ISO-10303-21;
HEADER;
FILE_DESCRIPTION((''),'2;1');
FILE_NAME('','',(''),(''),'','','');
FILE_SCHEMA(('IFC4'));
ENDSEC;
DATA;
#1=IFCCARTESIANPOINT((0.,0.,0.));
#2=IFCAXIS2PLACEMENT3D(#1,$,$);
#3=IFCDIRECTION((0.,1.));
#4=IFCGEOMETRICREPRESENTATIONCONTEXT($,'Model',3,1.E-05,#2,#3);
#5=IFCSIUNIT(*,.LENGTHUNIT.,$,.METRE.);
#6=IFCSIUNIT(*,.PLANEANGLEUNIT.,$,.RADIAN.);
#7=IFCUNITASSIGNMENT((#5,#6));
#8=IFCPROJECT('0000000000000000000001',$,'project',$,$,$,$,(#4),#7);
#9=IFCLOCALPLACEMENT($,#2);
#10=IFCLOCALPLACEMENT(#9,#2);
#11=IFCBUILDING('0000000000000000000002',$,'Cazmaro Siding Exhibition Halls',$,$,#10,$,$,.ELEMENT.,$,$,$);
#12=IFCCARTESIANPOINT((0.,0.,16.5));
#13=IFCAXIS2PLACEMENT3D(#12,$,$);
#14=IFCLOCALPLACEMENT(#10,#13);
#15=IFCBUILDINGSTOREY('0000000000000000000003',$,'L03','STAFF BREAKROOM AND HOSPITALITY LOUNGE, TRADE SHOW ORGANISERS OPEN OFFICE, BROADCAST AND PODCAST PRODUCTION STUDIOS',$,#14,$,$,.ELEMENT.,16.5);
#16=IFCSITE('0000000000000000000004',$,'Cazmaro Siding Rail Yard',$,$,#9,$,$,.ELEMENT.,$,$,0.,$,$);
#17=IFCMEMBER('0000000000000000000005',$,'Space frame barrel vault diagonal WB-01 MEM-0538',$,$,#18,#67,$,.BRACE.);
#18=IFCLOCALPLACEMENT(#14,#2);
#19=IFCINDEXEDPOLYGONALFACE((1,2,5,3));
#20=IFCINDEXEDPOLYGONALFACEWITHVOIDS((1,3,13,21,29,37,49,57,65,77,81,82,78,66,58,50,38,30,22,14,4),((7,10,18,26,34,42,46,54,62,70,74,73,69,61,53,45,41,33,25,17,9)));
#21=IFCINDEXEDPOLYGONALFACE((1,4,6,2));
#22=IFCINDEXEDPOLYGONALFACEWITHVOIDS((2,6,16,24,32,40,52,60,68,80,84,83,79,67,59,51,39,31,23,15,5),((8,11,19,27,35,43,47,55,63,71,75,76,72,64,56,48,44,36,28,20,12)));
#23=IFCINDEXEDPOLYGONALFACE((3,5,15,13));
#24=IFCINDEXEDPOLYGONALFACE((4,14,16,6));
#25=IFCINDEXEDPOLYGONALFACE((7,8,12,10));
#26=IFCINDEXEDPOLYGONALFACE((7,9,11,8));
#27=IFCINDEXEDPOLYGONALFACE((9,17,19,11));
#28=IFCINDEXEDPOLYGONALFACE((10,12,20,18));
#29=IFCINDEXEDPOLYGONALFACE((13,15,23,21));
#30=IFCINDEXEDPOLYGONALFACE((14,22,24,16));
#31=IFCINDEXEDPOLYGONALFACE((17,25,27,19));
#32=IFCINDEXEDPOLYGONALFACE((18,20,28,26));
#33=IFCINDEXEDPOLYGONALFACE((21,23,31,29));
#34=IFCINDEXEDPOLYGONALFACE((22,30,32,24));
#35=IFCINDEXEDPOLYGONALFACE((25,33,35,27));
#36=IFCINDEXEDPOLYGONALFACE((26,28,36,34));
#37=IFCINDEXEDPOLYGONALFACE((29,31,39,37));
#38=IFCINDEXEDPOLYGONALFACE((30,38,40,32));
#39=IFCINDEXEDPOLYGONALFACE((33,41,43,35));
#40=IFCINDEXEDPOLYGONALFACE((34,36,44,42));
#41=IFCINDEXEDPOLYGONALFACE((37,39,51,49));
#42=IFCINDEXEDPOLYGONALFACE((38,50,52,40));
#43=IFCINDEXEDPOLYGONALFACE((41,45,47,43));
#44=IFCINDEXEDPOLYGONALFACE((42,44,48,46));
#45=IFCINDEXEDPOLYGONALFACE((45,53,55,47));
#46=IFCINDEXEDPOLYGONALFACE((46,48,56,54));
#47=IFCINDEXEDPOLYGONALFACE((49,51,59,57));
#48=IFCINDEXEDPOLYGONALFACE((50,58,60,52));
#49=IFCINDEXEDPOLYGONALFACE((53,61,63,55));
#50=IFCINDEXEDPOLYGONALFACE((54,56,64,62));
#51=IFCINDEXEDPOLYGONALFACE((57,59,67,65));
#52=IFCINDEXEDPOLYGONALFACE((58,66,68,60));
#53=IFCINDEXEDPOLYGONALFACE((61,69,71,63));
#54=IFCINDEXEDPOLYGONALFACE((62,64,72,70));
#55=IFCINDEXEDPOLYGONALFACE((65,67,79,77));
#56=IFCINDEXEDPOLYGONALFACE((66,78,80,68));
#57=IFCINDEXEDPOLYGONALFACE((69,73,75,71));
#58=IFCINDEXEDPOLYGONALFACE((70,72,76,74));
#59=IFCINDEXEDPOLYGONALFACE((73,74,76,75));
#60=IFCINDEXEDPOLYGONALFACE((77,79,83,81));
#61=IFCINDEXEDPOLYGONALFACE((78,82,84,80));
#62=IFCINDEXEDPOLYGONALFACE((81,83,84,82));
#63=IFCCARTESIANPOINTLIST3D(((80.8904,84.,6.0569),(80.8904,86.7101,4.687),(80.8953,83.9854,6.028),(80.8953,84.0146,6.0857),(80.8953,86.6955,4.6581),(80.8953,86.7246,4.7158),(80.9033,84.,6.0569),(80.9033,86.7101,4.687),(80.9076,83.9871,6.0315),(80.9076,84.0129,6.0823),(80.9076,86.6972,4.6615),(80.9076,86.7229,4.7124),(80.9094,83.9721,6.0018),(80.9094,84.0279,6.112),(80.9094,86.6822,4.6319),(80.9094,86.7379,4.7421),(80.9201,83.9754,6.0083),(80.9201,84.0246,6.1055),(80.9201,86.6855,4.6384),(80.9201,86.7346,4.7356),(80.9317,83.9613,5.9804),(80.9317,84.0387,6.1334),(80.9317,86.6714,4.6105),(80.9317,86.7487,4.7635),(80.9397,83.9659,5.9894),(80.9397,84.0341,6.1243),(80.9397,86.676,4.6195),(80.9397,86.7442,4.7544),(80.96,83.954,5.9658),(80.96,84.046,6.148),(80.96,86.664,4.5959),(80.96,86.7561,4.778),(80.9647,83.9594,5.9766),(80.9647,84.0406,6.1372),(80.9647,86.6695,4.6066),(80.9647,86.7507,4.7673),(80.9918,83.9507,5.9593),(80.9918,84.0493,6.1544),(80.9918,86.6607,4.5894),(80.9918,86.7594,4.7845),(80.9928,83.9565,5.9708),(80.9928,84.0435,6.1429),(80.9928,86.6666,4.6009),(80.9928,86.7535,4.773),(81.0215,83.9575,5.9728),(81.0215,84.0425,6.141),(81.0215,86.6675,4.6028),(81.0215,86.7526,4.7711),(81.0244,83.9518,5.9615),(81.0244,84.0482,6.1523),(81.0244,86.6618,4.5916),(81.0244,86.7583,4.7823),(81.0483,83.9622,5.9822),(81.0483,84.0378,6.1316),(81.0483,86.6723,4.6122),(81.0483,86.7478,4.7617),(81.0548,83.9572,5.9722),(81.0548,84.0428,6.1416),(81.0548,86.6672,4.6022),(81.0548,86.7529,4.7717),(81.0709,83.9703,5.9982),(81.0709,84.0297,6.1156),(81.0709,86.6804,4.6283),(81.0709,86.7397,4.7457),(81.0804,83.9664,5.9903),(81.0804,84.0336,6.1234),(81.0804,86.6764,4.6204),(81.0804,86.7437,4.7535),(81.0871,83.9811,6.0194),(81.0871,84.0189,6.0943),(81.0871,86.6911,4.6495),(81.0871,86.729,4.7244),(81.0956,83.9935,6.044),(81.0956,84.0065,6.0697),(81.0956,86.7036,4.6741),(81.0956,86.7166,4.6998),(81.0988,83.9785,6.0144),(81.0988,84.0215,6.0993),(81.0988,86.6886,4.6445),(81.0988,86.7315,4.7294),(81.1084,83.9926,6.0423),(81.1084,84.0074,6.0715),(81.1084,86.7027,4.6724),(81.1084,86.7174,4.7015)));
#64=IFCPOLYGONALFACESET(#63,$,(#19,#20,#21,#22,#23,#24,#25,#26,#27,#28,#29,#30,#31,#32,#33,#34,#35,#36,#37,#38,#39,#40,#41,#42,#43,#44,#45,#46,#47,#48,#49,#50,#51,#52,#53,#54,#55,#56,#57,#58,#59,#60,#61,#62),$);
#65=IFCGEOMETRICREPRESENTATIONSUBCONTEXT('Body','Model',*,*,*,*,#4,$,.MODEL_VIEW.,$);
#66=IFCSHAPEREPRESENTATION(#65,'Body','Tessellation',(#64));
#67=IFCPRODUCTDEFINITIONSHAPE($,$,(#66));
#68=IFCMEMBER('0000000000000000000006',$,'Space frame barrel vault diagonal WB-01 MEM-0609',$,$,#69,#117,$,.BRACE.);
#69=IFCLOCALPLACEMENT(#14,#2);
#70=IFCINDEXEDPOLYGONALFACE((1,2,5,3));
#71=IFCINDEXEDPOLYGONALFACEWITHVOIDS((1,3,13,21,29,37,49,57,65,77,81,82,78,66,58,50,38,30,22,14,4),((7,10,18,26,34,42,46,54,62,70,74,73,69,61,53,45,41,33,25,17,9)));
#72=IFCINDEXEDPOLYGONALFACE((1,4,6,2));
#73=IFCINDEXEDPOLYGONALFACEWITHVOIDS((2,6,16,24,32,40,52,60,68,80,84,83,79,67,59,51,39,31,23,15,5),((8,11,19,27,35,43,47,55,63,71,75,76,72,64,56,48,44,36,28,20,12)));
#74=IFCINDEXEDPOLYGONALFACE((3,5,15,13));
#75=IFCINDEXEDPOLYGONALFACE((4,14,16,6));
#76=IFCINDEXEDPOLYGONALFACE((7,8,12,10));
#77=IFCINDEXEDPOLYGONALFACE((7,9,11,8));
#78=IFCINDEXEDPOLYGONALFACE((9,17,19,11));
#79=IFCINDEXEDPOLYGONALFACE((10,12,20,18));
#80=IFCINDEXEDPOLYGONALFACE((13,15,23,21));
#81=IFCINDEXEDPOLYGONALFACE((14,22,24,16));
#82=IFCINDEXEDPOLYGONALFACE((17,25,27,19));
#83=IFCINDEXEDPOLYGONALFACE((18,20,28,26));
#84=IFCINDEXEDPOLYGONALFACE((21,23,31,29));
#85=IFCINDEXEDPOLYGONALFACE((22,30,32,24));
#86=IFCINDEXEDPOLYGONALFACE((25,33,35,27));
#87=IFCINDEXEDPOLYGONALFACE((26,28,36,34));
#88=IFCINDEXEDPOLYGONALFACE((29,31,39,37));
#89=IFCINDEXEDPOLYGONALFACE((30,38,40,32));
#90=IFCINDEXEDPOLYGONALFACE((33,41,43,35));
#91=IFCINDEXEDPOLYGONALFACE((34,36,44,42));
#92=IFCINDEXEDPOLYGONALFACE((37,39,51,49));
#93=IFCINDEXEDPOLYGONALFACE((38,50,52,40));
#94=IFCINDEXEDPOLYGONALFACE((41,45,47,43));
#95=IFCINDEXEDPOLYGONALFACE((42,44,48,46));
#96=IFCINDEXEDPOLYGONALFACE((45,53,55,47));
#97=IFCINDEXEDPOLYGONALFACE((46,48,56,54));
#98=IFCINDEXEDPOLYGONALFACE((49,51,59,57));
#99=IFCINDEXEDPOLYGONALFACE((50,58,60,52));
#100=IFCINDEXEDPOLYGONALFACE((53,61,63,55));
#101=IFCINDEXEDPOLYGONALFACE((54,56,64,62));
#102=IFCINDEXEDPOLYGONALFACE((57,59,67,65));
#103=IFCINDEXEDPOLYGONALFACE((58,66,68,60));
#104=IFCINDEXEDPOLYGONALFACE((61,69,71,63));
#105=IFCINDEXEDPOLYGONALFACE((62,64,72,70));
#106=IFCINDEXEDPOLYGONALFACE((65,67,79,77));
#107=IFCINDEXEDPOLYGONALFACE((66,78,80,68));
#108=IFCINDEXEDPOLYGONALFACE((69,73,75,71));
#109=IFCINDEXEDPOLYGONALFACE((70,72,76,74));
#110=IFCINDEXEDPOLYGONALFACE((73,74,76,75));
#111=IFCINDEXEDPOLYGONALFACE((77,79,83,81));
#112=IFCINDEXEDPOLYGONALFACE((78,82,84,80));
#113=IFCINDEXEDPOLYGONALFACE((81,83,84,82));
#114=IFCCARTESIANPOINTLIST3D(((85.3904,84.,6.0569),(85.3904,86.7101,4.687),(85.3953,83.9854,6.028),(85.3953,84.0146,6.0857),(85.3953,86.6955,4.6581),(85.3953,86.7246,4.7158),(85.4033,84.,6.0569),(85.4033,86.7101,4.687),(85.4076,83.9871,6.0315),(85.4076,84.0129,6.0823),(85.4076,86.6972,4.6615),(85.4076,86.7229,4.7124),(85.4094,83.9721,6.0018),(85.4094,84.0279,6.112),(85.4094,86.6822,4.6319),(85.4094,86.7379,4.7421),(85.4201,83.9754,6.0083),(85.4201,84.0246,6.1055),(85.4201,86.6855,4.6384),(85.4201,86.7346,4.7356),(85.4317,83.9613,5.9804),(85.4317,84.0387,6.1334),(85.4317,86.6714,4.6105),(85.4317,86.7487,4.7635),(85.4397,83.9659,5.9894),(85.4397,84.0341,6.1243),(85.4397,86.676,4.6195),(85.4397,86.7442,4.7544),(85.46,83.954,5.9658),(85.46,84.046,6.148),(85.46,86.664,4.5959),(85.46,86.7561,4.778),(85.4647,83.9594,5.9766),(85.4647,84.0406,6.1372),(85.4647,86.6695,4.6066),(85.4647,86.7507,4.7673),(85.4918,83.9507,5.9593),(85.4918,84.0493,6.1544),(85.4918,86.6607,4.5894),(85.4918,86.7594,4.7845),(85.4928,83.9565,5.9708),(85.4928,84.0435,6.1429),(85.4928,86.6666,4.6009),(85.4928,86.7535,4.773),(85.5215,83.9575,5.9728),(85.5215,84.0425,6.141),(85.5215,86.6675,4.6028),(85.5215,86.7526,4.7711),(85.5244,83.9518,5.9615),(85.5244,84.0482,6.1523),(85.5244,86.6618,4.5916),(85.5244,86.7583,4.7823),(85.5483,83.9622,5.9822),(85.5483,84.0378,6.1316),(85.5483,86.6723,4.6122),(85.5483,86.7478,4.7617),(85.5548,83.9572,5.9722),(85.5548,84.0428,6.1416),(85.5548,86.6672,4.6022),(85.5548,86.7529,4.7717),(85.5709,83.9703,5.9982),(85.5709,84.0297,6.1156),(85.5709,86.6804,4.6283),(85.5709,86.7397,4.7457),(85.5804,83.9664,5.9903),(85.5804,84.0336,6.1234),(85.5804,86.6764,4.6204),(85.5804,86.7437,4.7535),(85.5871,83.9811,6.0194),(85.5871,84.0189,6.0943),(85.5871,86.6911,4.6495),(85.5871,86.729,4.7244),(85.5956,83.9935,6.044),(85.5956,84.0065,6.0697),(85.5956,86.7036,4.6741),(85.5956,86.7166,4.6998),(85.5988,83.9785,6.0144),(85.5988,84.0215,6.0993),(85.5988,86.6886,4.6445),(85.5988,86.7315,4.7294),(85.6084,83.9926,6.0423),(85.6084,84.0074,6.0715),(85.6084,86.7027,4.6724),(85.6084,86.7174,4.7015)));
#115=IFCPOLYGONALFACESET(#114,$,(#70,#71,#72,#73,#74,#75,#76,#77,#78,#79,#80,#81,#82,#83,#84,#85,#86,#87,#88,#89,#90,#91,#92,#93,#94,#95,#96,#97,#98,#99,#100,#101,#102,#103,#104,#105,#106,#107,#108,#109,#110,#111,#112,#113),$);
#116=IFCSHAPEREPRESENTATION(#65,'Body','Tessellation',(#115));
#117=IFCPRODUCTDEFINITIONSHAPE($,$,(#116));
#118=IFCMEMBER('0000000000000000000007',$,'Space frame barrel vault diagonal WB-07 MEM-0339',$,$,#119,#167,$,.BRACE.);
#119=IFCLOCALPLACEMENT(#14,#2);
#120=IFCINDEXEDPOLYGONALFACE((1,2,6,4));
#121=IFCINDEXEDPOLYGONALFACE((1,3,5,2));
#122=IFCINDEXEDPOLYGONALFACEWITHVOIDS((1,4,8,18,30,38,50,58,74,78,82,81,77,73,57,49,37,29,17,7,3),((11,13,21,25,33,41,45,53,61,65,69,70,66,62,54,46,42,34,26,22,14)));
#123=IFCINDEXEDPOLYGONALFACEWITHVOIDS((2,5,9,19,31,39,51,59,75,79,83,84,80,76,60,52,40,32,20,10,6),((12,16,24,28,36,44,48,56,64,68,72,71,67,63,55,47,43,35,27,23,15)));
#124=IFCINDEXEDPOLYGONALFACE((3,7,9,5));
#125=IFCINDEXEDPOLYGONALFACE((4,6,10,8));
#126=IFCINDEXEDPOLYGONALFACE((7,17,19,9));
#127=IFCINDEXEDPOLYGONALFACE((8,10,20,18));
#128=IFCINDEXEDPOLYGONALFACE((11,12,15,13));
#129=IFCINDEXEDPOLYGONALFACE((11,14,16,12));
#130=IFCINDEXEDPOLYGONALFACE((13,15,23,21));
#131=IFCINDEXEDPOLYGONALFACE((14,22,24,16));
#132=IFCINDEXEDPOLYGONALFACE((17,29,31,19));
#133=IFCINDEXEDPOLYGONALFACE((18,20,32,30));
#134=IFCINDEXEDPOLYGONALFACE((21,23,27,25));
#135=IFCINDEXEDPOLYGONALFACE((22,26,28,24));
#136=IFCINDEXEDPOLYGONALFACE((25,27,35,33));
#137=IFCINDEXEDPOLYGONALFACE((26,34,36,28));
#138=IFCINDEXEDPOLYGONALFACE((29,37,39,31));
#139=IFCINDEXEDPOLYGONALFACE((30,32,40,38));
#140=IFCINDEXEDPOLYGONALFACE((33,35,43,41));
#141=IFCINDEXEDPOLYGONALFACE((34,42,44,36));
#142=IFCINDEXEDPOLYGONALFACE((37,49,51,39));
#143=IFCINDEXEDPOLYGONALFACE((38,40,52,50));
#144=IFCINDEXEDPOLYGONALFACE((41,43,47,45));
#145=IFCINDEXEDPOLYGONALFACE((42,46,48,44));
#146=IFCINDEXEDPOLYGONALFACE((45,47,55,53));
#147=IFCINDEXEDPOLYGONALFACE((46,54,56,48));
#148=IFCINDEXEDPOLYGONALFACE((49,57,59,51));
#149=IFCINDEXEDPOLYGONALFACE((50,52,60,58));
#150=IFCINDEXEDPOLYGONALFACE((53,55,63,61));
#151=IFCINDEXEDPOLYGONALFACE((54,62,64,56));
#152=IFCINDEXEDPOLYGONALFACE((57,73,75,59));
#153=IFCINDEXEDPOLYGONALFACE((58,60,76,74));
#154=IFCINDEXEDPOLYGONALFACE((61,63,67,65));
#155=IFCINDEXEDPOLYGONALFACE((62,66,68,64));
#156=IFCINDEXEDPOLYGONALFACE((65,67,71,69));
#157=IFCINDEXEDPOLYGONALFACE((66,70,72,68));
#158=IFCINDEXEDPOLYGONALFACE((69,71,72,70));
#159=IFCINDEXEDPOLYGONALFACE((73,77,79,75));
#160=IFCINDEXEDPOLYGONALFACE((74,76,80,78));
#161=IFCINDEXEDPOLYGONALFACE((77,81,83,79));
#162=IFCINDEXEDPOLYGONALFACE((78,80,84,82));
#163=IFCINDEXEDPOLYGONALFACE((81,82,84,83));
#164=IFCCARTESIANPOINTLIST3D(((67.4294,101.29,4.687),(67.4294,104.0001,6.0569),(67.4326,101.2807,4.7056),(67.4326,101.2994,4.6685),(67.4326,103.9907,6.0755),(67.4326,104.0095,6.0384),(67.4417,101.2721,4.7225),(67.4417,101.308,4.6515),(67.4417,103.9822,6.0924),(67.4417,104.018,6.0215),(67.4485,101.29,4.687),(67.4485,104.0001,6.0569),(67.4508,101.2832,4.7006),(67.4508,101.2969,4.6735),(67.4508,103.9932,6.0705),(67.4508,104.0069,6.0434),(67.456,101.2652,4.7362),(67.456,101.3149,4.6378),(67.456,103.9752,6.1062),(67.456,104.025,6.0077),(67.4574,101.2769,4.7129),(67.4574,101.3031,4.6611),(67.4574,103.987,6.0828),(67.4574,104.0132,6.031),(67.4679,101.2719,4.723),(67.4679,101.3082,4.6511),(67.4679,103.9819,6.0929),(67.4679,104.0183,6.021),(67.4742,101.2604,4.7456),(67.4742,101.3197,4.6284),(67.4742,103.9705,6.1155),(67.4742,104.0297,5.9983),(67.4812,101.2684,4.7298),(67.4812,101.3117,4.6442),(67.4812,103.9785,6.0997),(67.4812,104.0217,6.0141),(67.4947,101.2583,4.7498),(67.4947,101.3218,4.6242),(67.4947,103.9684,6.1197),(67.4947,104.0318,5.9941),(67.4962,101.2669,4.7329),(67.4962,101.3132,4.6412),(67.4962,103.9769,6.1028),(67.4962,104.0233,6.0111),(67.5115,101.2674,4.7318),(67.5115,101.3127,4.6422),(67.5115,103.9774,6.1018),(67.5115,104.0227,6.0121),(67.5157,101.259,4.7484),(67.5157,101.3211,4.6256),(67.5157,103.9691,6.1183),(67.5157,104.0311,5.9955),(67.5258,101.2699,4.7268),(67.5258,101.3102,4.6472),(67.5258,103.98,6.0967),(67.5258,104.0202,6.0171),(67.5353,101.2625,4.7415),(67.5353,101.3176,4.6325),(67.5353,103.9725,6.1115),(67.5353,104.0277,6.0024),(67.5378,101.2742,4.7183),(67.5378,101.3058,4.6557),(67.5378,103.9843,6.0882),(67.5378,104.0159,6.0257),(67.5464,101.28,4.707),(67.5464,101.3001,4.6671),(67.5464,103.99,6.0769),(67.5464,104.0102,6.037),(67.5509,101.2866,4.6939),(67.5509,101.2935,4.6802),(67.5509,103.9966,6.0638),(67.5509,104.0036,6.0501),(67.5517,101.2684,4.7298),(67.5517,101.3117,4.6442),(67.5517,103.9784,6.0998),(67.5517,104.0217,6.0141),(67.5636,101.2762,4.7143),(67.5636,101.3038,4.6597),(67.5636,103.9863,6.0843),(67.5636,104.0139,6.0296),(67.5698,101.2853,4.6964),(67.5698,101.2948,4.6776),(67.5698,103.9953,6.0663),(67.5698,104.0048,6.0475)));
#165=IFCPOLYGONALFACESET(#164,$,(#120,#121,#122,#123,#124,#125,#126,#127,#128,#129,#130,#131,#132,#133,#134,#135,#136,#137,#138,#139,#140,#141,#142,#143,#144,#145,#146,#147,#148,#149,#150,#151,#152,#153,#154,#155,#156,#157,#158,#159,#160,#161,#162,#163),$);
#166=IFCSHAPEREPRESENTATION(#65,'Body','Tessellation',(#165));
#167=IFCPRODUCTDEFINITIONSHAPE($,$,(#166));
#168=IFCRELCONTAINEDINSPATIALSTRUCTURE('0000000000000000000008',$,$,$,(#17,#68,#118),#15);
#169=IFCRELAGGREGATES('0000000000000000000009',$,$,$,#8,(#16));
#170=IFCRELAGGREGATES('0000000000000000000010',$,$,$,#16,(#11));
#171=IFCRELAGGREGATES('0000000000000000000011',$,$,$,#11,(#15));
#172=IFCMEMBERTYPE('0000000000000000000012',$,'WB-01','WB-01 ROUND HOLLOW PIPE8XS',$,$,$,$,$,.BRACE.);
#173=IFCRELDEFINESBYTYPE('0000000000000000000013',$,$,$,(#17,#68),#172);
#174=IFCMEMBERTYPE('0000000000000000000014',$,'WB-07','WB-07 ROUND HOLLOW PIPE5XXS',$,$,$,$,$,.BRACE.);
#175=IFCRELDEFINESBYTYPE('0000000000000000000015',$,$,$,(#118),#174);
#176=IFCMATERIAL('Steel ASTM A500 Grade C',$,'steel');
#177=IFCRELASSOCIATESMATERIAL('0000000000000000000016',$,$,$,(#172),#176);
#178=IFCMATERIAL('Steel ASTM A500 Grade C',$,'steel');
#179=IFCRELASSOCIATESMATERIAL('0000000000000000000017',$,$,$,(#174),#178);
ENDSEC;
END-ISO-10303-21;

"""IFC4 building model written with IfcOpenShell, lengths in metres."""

from ifc_helpers import new_model, si_unit, direction, frame, origin, origin_2d, place, context, subcontext, project, spatial, hollow_circle, extrude, material, material_profile, profile_set, type_object, element, save


model = new_model("IFC4")

# Units and contexts
model_context = context("Model", 3, precision=1e-05, world=origin(), true_north=direction((0.0, 1.0)))
body_context = subcontext(model_context, "Body", "Model", "MODEL_VIEW")
ifc_project = project(units=[si_unit("LENGTHUNIT", "METRE"), si_unit("PLANEANGLEUNIT", "RADIAN")], contexts=[model_context])

# Site, building, storey
site_placement = place(None, origin())
site = spatial("IfcSite", under=ifc_project, at=site_placement, Name="Cazmaro Siding Rail Yard", CompositionType="ELEMENT", RefElevation=0.0)
building_placement = place(site_placement, origin())
building = spatial("IfcBuilding", under=site, at=building_placement, Name="Cazmaro Siding Exhibition Halls", CompositionType="ELEMENT")
storey_placement = place(building_placement, frame((0.0, 0.0, 16.5)))
storey = spatial("IfcBuildingStorey", under=building, at=storey_placement, Name="L03", Description="STAFF BREAKROOM AND HOSPITALITY LOUNGE, TRADE SHOW ORGANISERS OPEN OFFICE, BROADCAST AND PODCAST PRODUCTION STUDIOS", CompositionType="ELEMENT", Elevation=16.5)

# Members
ifc_material_1 = material(Name="Steel ASTM A500 Grade C", Category="steel")
ifc_material_profile_1 = material_profile(ifc_material_1, hollow_circle(Radius=0.1096, WallThickness=0.0129, at=origin_2d()), Name="PIPE8XS")
ifc_profile_set_1 = profile_set([ifc_material_profile_1], Name="Steel ASTM A500 Grade C")
member_type_1 = type_object("IfcMemberType", Name="WB-01", Description="WB-01 ROUND HOLLOW PIPE8XS", PredefinedType="BRACE", material=ifc_profile_set_1)
for number, where, z_axis, x_axis, name in (
    (1, (81.0, 84.0, 6.0569), (0.0, 0.892457, -0.451133), (-1.0, 0.0, 0.0), "Space frame barrel vault diagonal WB-01 MEM-0538"),
    (2, (85.5, 84.0, 6.0569), (0.0, 0.892457, -0.451133), (-1.0, 0.0, 0.0), "Space frame barrel vault diagonal WB-01 MEM-0609"),
):
    element("IfcMember", number, at=place(storey_placement, frame(where, z_axis=z_axis, x_axis=x_axis)), inside=storey, type_object=member_type_1, Name=name, PredefinedType="BRACE", context=body_context, shape_type="SweptSolid", body=[
        extrude(hollow_circle(Radius=0.1096, WallThickness=0.0129, at=origin_2d()), origin(), (0.0, 0.0, 1.0), 3.0366),
    ])
ifc_material_2 = material(Name="Steel ASTM A500 Grade C", Category="steel")
ifc_material_profile_2 = material_profile(ifc_material_2, hollow_circle(Radius=0.0706, WallThickness=0.019, at=origin_2d()), Name="PIPE5XXS")
ifc_profile_set_2 = profile_set([ifc_material_profile_2], Name="Steel ASTM A500 Grade C")
member_type_2 = type_object("IfcMemberType", Name="WB-07", Description="WB-07 ROUND HOLLOW PIPE5XXS", PredefinedType="BRACE", material=ifc_profile_set_2)
for number, where, z_axis, x_axis, name in (
    (3, (67.5, 101.29, 4.687), (0.0, 0.892457, 0.451133), (-1.0, 0.0, 0.0), "Space frame barrel vault diagonal WB-07 MEM-0339"),
):
    element("IfcMember", number, at=place(storey_placement, frame(where, z_axis=z_axis, x_axis=x_axis)), inside=storey, type_object=member_type_2, Name=name, PredefinedType="BRACE", context=body_context, shape_type="SweptSolid", body=[
        extrude(hollow_circle(Radius=0.0706, WallThickness=0.019, at=origin_2d()), origin(), (0.0, 0.0, 1.0), 3.0366),
    ])

save(model, "model.ifc")
